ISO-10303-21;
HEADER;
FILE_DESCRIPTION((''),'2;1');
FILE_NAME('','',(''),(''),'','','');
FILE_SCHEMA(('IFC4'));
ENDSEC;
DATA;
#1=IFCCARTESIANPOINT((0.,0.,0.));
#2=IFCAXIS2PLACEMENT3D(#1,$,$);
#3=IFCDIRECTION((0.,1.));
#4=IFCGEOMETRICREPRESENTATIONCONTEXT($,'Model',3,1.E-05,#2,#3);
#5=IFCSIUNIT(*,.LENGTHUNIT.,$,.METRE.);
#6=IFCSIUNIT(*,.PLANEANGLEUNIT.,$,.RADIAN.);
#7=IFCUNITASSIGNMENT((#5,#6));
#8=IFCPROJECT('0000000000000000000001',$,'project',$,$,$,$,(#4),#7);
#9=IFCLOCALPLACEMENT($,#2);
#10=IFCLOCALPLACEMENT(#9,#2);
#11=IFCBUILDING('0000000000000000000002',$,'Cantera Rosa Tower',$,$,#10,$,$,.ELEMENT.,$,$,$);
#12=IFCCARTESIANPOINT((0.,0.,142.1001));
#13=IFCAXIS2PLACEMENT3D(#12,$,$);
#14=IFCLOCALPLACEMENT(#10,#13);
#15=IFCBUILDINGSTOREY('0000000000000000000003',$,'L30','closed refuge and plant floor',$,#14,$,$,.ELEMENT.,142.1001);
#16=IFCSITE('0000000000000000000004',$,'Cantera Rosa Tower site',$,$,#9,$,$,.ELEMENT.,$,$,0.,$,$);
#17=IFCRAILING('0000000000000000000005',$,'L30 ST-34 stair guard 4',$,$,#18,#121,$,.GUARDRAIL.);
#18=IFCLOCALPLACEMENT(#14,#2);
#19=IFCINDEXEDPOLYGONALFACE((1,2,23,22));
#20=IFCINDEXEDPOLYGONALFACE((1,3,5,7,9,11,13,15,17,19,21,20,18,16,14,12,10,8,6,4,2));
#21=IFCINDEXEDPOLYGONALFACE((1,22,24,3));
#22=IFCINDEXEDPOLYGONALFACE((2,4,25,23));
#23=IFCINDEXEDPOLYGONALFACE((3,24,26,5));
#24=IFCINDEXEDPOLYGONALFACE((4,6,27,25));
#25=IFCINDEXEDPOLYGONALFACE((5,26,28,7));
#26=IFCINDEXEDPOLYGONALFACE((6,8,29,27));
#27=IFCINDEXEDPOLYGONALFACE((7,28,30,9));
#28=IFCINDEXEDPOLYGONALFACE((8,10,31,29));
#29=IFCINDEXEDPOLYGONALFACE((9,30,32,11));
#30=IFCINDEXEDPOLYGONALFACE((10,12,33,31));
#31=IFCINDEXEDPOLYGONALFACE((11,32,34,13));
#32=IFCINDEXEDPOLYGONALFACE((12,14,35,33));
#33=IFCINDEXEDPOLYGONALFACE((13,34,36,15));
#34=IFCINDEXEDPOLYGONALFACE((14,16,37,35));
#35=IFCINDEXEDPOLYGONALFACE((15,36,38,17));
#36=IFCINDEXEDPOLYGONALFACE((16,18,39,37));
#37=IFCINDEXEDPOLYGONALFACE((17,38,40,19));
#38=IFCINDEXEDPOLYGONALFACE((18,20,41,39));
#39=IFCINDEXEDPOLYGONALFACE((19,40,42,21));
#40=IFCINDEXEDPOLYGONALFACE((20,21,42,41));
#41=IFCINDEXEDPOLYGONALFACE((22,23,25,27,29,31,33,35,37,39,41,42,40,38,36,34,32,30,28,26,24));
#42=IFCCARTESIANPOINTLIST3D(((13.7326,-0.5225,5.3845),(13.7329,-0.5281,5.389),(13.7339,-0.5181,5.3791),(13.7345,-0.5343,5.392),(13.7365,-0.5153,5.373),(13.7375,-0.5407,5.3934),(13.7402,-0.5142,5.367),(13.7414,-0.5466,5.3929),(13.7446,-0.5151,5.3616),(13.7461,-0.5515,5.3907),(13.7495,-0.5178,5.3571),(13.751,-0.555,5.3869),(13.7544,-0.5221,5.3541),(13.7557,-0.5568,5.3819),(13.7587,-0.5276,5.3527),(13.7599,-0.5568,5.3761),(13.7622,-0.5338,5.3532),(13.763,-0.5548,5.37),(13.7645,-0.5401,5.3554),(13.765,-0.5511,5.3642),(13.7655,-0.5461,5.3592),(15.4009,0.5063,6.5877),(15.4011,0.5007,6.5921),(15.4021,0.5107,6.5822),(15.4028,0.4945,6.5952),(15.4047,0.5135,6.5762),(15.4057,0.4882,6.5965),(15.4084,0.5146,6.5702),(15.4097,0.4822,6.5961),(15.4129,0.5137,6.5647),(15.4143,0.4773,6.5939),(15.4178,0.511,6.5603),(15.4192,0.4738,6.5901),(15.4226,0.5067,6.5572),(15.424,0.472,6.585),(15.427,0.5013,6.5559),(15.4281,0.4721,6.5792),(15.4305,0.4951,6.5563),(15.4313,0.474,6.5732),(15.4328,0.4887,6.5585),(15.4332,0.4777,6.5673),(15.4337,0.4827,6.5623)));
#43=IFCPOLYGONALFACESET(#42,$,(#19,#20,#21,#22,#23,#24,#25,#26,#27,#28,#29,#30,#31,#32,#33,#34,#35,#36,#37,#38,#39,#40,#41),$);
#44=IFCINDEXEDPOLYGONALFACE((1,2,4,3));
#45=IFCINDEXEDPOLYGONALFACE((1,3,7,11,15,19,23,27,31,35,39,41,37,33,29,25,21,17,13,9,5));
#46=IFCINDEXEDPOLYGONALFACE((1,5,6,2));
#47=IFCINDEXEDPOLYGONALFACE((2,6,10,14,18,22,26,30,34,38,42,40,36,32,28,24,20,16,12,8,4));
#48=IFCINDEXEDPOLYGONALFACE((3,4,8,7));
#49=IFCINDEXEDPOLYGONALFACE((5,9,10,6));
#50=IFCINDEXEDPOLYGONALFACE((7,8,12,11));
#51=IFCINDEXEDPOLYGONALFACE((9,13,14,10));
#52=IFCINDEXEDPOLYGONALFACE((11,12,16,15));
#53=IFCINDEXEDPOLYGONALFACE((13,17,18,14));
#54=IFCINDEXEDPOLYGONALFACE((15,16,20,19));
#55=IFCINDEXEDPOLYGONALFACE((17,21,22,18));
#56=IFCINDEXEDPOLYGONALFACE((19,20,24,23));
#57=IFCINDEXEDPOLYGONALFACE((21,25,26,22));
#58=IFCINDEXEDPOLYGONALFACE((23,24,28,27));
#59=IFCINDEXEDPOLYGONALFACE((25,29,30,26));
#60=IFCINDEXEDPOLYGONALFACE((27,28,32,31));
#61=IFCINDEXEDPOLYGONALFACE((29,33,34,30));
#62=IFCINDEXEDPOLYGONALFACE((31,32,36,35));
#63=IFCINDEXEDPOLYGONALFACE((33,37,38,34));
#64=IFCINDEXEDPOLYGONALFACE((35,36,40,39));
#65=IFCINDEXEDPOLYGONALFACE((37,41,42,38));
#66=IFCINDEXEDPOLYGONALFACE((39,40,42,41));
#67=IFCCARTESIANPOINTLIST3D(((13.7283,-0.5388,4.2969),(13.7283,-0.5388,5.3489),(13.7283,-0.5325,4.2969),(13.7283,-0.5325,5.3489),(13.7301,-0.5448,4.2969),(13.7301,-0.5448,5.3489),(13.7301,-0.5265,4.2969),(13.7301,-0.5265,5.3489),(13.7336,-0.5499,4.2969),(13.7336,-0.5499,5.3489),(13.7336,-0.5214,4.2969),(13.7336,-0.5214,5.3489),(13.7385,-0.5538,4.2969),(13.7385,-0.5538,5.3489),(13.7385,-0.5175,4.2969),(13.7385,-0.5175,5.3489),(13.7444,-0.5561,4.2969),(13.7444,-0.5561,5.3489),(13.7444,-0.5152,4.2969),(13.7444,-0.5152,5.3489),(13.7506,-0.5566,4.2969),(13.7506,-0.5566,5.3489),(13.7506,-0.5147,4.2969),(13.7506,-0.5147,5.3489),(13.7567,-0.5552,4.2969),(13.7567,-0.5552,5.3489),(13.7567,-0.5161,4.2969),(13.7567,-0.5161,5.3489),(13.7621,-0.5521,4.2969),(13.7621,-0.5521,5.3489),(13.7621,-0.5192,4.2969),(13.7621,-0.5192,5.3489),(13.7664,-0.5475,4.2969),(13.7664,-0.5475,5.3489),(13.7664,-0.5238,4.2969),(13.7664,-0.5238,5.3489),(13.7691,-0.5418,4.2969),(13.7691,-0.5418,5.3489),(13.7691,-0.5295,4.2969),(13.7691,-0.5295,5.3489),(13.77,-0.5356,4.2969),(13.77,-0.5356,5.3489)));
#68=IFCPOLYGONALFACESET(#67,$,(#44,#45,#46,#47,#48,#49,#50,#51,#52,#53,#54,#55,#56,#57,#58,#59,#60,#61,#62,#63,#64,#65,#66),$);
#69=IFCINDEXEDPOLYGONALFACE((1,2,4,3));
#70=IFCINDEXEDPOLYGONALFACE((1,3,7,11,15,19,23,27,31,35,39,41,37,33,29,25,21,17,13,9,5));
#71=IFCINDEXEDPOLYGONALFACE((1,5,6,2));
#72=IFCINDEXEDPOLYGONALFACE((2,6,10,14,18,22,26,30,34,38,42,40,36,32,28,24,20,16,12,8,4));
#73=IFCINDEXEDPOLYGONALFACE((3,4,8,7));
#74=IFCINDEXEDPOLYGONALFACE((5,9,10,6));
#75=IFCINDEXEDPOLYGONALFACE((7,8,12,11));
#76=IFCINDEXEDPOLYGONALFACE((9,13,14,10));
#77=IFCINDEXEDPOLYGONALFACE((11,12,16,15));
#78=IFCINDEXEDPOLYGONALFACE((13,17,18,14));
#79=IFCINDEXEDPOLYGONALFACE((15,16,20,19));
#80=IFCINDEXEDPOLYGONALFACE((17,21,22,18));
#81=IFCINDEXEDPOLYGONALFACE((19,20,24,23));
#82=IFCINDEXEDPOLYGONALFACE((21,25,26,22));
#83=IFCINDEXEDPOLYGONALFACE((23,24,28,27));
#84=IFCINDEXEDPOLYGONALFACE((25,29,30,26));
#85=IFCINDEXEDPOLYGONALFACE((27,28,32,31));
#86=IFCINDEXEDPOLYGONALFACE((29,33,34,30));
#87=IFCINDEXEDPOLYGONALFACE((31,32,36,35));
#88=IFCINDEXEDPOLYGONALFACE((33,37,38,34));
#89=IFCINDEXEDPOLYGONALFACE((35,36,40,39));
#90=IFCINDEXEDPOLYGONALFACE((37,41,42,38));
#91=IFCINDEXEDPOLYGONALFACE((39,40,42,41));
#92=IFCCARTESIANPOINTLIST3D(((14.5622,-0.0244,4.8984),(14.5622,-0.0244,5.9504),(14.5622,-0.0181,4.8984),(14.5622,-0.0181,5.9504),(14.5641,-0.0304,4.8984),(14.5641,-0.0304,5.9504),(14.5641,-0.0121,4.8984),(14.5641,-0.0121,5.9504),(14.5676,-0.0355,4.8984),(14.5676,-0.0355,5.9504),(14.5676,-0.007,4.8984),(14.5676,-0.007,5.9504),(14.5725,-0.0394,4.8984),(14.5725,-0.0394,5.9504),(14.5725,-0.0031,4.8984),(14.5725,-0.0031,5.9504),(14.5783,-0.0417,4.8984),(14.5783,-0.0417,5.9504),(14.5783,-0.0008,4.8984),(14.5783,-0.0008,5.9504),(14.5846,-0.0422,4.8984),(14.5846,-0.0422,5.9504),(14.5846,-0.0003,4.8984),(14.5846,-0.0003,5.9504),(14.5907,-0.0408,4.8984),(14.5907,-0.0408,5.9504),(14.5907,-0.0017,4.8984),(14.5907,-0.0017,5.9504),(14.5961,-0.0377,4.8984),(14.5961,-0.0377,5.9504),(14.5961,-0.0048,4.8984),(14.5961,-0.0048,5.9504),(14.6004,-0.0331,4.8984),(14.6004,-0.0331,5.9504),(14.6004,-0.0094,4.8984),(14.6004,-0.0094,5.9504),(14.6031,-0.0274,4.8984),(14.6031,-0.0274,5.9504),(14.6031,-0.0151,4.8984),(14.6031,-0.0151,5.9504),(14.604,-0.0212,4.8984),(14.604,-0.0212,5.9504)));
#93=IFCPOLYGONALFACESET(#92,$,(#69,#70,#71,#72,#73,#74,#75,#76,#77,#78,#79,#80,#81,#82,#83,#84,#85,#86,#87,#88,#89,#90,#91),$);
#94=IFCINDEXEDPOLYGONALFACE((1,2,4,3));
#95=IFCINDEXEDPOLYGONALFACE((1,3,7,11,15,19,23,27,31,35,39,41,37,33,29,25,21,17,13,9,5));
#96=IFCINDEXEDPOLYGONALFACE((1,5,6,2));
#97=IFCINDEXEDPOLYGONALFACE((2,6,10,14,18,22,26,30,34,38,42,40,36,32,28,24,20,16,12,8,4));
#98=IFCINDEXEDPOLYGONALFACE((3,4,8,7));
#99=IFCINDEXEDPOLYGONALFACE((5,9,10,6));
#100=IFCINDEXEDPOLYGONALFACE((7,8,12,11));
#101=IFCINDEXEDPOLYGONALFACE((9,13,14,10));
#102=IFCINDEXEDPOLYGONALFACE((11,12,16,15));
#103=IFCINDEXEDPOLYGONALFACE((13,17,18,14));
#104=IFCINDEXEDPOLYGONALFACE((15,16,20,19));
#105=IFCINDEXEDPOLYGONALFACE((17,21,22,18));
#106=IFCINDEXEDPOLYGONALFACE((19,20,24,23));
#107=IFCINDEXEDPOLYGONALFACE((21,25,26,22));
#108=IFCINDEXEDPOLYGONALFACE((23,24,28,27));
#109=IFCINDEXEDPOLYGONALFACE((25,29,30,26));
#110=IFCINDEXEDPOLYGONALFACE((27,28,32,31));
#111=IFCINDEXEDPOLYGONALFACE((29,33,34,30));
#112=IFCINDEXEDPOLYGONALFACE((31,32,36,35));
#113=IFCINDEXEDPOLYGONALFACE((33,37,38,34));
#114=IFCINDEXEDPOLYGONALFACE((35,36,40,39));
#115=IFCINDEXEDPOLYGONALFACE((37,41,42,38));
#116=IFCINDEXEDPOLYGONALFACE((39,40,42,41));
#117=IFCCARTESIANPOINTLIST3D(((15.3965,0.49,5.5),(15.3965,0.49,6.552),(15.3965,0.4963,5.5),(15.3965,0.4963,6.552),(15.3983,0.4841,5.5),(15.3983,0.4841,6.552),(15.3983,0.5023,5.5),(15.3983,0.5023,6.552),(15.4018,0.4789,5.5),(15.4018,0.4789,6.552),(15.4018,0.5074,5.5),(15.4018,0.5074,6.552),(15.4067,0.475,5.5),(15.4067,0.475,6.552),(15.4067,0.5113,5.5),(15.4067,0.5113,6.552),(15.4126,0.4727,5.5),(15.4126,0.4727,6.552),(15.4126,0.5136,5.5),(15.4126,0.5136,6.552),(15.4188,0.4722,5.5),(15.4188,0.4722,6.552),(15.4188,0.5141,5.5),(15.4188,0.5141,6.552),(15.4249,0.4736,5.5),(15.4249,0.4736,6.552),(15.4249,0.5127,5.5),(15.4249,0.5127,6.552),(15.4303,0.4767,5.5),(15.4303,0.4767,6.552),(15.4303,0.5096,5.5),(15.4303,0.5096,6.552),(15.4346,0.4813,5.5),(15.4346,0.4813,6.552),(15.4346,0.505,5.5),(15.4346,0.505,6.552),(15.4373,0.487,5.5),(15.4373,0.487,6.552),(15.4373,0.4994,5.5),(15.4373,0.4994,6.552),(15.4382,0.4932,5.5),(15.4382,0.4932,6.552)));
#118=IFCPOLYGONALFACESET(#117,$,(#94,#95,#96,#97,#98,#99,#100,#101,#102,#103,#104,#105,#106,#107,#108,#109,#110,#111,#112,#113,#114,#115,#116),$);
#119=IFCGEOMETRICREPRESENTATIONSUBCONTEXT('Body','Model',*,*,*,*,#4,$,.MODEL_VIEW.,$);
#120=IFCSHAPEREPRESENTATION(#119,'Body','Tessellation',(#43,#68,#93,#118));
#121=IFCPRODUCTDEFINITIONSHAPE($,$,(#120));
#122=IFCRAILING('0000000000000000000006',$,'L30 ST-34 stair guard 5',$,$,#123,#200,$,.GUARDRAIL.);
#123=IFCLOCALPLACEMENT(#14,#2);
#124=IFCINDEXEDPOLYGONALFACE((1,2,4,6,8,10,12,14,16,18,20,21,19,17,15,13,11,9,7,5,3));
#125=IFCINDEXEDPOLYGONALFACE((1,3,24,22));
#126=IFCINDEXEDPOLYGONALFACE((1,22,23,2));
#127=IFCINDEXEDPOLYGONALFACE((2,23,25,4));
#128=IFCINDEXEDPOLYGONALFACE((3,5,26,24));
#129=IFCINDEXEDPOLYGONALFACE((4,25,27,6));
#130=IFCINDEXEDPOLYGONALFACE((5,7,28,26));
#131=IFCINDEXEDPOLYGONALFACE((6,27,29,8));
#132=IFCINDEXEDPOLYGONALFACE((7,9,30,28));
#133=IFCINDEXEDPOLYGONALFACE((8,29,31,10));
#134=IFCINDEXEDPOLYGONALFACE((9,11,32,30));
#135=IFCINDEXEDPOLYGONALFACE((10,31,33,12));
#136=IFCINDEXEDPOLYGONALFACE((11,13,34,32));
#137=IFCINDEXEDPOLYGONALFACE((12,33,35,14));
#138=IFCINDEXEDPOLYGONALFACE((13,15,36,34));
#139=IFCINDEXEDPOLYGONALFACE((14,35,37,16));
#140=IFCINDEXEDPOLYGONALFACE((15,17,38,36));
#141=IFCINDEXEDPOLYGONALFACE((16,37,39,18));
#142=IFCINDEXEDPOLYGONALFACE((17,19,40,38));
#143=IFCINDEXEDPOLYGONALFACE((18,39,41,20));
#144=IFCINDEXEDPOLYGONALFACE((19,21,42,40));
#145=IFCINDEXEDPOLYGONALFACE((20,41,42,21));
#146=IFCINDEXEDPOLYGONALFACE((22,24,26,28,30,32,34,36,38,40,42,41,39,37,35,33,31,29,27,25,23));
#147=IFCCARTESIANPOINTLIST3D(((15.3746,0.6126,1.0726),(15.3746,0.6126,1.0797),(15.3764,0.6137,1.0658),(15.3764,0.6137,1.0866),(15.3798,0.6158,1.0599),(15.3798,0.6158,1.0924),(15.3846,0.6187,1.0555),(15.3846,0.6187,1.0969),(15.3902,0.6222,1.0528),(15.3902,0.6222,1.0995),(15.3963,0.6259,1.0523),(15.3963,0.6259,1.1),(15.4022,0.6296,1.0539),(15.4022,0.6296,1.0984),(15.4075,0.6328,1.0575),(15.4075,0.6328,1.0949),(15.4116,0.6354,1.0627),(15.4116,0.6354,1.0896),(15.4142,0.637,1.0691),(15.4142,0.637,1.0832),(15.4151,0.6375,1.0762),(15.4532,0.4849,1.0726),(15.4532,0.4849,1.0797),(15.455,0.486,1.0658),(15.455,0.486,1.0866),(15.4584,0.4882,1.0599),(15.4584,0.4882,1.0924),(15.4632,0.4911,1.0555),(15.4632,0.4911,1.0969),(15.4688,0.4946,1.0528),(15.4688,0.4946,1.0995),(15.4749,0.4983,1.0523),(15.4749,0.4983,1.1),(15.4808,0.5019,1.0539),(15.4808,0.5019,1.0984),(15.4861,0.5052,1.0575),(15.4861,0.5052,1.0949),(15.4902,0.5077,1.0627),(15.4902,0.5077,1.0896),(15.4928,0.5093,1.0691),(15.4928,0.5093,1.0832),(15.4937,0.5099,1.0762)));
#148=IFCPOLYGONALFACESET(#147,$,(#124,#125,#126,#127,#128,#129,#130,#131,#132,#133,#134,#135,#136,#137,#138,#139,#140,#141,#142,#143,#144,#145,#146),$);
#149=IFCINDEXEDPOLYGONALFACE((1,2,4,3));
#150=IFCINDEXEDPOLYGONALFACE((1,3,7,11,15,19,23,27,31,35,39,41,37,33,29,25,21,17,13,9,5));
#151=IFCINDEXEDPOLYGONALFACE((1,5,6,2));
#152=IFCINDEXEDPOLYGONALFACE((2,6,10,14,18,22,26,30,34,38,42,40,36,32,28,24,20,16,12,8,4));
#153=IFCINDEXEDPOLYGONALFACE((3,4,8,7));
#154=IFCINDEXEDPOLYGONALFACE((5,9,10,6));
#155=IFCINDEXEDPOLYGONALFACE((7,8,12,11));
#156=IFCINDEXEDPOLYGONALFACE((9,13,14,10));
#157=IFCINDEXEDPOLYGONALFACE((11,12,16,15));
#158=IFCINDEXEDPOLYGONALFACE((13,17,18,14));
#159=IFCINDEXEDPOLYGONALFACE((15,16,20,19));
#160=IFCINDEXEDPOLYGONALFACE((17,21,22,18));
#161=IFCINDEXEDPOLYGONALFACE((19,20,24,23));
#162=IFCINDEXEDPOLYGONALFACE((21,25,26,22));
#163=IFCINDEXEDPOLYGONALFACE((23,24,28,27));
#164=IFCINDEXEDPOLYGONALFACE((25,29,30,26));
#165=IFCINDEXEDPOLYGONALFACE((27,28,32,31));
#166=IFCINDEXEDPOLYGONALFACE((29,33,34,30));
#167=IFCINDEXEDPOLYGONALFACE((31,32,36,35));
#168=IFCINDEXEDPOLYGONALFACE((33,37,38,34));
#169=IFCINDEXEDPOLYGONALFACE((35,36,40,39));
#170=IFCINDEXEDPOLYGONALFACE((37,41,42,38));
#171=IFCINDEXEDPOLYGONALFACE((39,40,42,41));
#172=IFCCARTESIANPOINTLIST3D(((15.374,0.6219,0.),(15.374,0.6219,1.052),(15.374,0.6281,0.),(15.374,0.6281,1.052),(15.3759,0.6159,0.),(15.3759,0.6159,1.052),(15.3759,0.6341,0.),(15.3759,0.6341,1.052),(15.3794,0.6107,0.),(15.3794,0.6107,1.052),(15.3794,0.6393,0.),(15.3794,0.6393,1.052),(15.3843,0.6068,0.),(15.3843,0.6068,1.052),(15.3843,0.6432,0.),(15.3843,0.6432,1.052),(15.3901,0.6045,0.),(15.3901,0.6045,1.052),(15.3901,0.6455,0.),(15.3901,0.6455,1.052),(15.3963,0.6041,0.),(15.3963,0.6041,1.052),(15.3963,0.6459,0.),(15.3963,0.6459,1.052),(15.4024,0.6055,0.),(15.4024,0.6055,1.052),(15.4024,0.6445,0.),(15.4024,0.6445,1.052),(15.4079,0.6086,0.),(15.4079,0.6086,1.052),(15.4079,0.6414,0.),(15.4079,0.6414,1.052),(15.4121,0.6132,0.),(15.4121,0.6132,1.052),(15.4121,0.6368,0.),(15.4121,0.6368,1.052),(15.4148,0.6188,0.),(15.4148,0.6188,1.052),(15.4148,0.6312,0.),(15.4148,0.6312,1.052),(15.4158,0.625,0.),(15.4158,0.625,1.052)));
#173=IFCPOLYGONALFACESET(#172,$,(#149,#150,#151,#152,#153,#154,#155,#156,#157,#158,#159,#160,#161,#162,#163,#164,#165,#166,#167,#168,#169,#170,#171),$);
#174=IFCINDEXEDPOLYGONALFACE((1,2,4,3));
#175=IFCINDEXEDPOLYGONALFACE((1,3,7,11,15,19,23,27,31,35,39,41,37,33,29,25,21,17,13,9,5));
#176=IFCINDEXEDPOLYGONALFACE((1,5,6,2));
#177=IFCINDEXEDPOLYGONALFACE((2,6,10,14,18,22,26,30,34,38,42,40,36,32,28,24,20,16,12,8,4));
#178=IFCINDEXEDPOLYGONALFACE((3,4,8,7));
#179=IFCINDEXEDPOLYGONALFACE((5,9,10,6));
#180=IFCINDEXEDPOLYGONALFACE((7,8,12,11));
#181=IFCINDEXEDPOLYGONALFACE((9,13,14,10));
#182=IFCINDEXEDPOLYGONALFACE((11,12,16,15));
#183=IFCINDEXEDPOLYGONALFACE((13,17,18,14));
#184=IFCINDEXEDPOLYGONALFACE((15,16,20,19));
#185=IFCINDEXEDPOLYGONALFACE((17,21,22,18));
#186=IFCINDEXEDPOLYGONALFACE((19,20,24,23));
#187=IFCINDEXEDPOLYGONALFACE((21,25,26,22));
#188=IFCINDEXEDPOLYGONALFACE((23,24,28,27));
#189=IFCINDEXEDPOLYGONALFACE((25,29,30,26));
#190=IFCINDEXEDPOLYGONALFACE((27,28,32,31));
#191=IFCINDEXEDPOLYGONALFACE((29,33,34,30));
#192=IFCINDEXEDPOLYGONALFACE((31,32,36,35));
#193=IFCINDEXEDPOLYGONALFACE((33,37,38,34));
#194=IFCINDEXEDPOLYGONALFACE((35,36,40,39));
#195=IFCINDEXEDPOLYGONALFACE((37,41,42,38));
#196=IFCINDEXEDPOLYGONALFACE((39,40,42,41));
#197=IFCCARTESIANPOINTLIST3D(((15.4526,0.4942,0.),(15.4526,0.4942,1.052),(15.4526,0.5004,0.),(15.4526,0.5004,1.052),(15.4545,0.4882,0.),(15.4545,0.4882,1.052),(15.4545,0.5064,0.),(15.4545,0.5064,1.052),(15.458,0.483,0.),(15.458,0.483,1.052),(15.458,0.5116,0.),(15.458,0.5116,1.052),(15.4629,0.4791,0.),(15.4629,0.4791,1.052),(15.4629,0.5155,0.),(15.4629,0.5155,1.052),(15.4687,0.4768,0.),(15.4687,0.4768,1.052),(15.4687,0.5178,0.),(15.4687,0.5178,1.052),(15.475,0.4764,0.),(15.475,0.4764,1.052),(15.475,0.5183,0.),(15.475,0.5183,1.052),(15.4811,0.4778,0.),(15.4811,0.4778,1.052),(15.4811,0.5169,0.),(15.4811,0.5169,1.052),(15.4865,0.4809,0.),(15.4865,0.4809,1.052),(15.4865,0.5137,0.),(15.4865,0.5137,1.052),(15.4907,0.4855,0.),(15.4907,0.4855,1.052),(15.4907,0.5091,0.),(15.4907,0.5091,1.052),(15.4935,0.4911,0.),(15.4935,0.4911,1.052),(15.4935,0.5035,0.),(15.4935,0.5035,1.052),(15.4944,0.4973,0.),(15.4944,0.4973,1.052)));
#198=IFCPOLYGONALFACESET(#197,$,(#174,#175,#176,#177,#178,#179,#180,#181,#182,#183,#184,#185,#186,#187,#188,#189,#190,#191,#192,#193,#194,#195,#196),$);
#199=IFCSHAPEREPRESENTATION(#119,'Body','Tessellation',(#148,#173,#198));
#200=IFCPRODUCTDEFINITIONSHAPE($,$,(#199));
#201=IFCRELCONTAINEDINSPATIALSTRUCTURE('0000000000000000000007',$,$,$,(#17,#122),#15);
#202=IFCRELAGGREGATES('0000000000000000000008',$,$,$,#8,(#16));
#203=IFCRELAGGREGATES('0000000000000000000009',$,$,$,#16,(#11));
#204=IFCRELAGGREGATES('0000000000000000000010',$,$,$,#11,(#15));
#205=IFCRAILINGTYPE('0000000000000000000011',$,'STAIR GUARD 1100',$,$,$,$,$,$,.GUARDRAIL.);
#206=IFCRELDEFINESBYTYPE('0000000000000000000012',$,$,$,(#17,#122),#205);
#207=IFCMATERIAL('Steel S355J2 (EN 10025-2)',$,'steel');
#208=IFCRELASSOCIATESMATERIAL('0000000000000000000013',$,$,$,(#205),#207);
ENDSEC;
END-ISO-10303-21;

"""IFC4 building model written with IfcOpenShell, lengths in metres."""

from ifc_helpers import new_model, si_unit, direction, frame, origin, origin_2d, place, context, subcontext, project, spatial, circle, extrude, material, type_object, element, save


model = new_model("IFC4")

# Units and contexts
model_context = context("Model", 3, precision=1e-05, world=origin(), true_north=direction((0.0, 1.0)))
body_context = subcontext(model_context, "Body", "Model", "MODEL_VIEW")
ifc_project = project(units=[si_unit("LENGTHUNIT", "METRE"), si_unit("PLANEANGLEUNIT", "RADIAN")], contexts=[model_context])

# Site, building, storey
site_placement = place(None, origin())
site = spatial("IfcSite", under=ifc_project, at=site_placement, Name="Cantera Rosa Tower site", CompositionType="ELEMENT", RefElevation=0.0)
building_placement = place(site_placement, origin())
building = spatial("IfcBuilding", under=site, at=building_placement, Name="Cantera Rosa Tower", CompositionType="ELEMENT")
storey_placement = place(building_placement, frame((0.0, 0.0, 142.1001)))
storey = spatial("IfcBuildingStorey", under=building, at=storey_placement, Name="L30", Description="closed refuge and plant floor", CompositionType="ELEMENT", Elevation=142.1001)

# Railings
ifc_material_1 = material(Name="Steel S355J2 (EN 10025-2)", Category="steel")
railing_type = type_object("IfcRailingType", Name="STAIR GUARD 1100", PredefinedType="GUARDRAIL", material=ifc_material_1)
railing_1_placement = place(storey_placement, frame((13.749, -0.5356, 4.2969)))
element("IfcRailing", 1, at=railing_1_placement, inside=storey, type_object=railing_type, Name="L30 ST-34 stair guard 4", PredefinedType="GUARDRAIL", context=body_context, shape_type="SweptSolid", body=[
    extrude(circle(Radius=0.0239, at=origin_2d()), frame((0.0, 0.0, 1.0762), z_axis=(0.725386, 0.447355, 0.523153), x_axis=(-0.524917, 0.851153, 0.0)), (0.0, 0.0, 1.0), 2.2998),
    extrude(circle(Radius=0.021, at=origin_2d()), origin(), (0.0, 0.0, 1.0), 1.052),
    extrude(circle(Radius=0.021, at=origin_2d()), frame((0.834, 0.5144, 0.6016)), (0.0, 0.0, 1.0), 1.052),
    extrude(circle(Radius=0.021, at=origin_2d()), frame((1.6682, 1.0288, 1.2031)), (0.0, 0.0, 1.0), 1.052),
])
railing_2_placement = place(storey_placement, frame((15.3948, 0.625, 0.0)))
element("IfcRailing", 2, at=railing_2_placement, inside=storey, type_object=railing_type, Name="L30 ST-34 stair guard 5", PredefinedType="GUARDRAIL", context=body_context, shape_type="SweptSolid", body=[
    extrude(circle(Radius=0.0239, at=origin_2d()), frame((0.0, 0.0, 1.0762), z_axis=(0.524279, -0.851546, 0.0), x_axis=(0.851546, 0.524279, 0.0)), (0.0, 0.0, 1.0), 0.1499),
    extrude(circle(Radius=0.021, at=origin_2d()), origin(), (0.0, 0.0, 1.0), 1.052),
    extrude(circle(Radius=0.021, at=origin_2d()), frame((0.0786, -0.1277, 0.0)), (0.0, 0.0, 1.0), 1.052),
])

save(model, "model.ifc")
